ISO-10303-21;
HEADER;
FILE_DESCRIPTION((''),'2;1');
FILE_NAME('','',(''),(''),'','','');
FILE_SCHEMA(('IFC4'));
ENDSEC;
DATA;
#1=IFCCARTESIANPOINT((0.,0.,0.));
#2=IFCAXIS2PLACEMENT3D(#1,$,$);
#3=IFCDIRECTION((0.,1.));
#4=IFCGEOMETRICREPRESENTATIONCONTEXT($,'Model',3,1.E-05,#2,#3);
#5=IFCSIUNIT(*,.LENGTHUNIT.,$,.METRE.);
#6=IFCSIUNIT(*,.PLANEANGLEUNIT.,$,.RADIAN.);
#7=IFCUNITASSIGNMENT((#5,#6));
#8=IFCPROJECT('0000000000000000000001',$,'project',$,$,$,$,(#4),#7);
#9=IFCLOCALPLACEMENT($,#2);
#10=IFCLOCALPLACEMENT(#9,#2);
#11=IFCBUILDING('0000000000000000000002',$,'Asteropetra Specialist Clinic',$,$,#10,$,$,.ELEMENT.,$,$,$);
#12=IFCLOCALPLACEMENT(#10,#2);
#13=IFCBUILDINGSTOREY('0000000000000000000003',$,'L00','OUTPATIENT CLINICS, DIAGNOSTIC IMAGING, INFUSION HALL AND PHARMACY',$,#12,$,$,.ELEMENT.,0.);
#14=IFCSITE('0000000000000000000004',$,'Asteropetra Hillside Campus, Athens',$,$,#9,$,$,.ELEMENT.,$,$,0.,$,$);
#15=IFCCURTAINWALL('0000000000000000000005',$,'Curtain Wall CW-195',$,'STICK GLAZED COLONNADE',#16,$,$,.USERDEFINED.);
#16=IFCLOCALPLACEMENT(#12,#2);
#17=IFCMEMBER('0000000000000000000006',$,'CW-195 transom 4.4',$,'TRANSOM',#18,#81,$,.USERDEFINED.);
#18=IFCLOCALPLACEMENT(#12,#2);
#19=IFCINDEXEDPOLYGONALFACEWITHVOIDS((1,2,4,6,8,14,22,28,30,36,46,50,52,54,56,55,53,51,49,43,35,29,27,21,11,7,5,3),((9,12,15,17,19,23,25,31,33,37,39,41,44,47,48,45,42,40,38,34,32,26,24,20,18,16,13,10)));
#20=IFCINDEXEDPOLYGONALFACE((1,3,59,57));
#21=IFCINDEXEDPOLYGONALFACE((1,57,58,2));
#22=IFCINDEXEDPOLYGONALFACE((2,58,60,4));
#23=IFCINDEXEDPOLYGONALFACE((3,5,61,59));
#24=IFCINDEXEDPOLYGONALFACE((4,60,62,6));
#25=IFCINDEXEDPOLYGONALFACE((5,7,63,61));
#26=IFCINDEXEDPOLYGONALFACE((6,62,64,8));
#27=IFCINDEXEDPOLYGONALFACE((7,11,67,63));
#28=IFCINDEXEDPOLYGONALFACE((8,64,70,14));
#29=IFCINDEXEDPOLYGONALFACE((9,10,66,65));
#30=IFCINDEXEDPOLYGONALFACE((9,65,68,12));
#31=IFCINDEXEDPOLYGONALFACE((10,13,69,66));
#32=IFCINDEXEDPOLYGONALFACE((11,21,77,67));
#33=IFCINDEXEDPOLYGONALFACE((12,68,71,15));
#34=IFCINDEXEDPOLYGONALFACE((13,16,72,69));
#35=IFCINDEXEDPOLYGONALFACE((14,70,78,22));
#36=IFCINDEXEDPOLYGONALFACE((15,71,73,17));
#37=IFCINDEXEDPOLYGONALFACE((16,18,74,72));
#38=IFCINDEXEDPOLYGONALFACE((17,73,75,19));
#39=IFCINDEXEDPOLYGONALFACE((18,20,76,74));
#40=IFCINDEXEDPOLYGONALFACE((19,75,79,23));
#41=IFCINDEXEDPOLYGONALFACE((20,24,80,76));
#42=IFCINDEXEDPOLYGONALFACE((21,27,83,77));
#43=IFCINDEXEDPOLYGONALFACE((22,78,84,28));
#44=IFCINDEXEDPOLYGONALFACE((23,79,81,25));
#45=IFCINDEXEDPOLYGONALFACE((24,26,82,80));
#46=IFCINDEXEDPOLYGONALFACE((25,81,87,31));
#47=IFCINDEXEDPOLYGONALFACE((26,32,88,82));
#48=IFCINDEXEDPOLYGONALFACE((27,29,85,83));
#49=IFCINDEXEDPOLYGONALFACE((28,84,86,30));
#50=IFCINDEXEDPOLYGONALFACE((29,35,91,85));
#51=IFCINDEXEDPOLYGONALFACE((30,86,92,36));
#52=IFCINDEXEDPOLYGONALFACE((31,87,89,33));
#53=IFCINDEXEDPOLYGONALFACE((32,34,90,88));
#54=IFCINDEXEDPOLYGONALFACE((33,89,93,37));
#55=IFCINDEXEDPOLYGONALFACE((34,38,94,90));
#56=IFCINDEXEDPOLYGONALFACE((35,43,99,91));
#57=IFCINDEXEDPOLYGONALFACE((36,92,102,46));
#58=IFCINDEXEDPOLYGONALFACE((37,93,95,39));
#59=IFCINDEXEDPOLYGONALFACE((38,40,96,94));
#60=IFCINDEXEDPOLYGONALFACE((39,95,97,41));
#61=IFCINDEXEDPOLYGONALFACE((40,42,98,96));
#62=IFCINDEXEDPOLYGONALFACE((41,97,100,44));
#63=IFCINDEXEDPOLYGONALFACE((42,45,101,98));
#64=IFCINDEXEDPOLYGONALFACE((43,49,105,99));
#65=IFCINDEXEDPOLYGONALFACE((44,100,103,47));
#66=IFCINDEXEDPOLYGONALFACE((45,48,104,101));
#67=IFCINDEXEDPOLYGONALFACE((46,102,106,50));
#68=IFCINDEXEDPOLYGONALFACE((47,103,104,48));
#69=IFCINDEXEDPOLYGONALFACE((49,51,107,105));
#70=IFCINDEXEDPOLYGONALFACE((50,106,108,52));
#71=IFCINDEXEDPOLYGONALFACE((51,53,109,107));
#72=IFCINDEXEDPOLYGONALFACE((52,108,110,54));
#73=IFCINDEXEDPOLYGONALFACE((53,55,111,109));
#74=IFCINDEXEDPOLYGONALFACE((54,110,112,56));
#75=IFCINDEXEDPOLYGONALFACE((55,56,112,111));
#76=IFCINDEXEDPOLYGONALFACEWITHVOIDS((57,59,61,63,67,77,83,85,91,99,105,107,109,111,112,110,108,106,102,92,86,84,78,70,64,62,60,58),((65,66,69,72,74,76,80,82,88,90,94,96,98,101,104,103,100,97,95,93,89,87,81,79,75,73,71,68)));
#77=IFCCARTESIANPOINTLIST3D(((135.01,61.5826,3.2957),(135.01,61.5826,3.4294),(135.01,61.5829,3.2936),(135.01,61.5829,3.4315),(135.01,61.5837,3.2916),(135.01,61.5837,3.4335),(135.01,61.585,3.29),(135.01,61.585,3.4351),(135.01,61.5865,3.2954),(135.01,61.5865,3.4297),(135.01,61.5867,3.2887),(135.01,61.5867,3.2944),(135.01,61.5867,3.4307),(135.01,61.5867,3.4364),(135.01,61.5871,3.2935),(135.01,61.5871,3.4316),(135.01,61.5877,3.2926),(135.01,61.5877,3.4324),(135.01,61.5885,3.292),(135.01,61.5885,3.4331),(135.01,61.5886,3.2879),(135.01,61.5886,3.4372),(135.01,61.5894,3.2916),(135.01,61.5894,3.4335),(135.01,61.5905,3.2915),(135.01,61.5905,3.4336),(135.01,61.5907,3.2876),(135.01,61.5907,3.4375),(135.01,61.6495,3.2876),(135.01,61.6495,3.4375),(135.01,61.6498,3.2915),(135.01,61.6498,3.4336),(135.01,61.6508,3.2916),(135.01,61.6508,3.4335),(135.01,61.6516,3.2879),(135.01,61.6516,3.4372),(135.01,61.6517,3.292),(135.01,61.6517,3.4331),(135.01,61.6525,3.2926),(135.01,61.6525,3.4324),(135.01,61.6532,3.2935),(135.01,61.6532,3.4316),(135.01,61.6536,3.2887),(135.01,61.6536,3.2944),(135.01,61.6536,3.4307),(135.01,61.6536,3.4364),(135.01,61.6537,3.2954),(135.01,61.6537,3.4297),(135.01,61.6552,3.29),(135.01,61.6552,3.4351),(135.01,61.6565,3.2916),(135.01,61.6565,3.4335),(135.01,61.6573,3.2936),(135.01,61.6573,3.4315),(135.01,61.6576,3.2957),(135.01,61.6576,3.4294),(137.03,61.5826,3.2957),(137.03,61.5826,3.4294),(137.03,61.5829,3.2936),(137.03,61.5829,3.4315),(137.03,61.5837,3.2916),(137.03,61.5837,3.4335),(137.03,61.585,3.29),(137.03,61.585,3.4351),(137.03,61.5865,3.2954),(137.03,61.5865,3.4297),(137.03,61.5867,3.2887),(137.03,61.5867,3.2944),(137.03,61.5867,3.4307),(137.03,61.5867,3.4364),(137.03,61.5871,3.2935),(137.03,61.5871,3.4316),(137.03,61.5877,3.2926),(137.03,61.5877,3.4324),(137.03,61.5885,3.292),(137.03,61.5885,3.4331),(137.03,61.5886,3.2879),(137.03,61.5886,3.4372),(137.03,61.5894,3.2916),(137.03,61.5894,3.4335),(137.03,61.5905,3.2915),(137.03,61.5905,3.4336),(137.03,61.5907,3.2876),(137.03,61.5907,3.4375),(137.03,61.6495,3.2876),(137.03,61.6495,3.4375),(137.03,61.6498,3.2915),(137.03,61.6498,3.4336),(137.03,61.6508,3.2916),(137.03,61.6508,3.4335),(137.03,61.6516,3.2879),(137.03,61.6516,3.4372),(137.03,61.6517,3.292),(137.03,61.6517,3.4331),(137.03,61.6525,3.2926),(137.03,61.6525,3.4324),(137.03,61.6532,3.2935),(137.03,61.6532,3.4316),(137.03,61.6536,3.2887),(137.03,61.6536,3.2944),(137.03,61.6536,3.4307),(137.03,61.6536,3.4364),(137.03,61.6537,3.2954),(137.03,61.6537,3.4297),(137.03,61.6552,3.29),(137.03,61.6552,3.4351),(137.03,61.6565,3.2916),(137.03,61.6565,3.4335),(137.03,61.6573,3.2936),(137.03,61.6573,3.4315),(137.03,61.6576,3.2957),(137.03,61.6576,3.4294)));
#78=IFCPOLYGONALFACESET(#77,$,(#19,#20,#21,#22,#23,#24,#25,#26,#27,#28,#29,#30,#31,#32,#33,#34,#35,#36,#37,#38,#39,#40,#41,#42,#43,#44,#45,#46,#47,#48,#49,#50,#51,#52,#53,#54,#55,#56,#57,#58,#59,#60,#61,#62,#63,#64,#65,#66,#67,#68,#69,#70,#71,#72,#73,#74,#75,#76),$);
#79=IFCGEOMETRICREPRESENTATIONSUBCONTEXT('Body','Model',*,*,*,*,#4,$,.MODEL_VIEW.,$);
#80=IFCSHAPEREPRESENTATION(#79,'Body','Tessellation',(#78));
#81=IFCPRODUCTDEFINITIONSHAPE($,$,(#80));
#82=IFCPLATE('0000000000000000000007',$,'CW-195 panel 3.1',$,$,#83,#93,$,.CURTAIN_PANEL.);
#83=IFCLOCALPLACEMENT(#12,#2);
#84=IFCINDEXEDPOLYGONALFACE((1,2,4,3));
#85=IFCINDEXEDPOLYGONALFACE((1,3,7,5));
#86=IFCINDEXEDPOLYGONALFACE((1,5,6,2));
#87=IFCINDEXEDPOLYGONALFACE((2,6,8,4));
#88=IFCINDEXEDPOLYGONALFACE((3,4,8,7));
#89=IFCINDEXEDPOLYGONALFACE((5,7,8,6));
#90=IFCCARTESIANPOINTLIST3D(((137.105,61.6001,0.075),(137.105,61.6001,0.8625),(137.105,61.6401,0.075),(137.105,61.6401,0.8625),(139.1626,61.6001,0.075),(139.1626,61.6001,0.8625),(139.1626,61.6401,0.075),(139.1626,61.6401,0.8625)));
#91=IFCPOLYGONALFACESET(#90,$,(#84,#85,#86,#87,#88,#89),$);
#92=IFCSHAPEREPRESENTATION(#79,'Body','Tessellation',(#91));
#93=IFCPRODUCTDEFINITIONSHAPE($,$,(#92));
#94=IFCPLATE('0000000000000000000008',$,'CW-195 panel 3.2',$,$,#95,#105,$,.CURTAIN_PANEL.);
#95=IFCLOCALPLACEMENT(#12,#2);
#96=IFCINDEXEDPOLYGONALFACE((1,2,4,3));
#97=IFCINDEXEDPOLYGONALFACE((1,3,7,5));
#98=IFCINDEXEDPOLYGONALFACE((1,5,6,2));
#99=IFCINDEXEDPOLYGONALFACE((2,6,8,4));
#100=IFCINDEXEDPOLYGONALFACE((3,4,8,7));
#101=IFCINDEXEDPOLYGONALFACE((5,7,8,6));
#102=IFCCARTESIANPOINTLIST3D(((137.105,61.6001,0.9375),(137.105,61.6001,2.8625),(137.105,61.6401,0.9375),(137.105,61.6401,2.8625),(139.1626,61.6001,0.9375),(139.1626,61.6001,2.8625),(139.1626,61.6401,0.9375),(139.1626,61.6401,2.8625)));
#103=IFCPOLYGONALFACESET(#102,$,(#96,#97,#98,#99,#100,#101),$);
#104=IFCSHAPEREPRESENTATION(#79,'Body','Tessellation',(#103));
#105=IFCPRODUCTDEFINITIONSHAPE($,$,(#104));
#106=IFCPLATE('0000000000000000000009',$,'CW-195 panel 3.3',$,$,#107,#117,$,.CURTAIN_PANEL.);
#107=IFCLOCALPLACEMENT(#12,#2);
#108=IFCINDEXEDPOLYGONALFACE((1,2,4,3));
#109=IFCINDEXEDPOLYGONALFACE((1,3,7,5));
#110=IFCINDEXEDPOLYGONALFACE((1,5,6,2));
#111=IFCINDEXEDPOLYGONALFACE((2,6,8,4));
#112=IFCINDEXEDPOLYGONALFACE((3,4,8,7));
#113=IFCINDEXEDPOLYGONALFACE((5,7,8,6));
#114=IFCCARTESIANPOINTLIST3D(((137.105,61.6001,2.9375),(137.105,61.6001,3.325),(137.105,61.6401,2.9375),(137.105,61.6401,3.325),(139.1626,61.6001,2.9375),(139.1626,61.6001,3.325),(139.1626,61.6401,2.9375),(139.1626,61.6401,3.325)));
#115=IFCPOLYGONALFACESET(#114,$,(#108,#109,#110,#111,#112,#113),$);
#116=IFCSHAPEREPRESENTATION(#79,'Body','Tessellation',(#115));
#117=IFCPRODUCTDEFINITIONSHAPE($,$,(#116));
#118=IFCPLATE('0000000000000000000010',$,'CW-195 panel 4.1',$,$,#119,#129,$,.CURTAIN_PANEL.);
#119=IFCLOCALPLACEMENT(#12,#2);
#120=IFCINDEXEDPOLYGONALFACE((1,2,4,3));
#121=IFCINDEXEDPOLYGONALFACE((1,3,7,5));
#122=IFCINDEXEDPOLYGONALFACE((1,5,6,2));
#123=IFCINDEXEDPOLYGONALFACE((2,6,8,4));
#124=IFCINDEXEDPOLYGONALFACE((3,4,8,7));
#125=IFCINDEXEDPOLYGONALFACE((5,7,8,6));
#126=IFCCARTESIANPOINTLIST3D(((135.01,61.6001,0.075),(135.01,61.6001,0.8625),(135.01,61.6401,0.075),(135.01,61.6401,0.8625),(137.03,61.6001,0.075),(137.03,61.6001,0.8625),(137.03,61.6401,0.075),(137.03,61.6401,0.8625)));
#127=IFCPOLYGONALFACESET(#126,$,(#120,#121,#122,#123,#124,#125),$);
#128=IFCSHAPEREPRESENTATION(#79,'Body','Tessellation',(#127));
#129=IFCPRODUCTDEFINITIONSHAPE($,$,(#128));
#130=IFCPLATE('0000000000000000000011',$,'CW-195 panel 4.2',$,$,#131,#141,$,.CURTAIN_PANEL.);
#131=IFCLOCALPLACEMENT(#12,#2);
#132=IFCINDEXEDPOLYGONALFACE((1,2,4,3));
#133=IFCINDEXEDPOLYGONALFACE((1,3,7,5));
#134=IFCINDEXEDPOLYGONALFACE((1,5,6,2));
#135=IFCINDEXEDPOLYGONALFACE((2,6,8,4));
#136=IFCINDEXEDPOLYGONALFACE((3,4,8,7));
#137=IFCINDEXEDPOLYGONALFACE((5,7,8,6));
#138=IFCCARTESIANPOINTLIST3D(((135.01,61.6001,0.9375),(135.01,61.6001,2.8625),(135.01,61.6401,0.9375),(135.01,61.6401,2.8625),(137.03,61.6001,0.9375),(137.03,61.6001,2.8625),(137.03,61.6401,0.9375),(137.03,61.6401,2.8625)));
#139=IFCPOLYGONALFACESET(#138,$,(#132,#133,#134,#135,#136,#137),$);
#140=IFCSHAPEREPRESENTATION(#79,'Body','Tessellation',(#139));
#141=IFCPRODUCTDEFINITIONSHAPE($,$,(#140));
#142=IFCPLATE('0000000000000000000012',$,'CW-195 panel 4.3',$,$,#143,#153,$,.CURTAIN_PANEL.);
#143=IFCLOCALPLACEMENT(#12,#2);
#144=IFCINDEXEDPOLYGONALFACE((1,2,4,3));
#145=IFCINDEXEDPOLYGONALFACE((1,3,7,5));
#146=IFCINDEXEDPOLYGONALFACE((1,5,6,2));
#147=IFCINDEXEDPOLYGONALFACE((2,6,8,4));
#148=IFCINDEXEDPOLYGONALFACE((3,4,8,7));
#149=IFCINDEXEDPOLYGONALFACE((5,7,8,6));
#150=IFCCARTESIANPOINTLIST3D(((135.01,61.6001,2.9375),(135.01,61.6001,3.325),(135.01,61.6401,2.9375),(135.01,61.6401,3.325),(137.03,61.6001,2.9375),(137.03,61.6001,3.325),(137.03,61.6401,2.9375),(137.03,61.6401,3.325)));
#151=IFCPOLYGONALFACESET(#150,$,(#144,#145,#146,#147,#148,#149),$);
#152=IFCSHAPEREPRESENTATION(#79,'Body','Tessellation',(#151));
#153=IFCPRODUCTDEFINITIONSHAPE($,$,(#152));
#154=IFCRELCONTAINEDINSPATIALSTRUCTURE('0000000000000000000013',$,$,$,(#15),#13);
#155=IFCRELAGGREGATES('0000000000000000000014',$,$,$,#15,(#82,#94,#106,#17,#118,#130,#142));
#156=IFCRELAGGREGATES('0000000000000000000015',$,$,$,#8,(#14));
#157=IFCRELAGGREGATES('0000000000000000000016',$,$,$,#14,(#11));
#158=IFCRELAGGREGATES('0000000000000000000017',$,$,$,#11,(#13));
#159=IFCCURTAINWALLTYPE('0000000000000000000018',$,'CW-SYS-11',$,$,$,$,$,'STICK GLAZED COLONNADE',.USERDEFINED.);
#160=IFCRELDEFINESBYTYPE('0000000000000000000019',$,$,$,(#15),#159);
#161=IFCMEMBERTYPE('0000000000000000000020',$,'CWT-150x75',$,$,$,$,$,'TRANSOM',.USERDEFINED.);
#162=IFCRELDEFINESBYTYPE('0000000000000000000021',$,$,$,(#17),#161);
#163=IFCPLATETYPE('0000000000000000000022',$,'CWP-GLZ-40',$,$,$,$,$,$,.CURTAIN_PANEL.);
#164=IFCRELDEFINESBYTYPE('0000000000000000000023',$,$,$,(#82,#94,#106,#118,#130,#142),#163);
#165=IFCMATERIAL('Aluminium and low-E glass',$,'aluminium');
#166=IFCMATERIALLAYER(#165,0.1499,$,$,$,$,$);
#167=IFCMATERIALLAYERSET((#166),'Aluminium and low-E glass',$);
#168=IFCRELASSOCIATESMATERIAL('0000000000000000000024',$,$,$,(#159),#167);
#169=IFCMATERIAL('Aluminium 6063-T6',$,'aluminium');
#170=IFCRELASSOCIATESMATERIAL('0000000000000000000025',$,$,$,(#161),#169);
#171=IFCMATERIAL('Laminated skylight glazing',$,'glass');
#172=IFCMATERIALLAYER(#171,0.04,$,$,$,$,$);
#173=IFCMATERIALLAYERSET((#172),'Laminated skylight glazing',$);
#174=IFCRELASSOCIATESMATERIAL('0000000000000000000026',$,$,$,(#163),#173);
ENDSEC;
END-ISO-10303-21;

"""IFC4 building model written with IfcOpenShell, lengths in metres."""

from ifc_helpers import new_model, si_unit, direction, frame, origin, origin_2d, place, context, subcontext, project, spatial, rectangle, hollow_rectangle, extrude, material, layer, layer_set, material_profile, profile_set, type_object, element, aggregate, save


model = new_model("IFC4")

# Units and contexts
model_context = context("Model", 3, precision=1e-05, world=origin(), true_north=direction((0.0, 1.0)))
body_context = subcontext(model_context, "Body", "Model", "MODEL_VIEW")
ifc_project = project(units=[si_unit("LENGTHUNIT", "METRE"), si_unit("PLANEANGLEUNIT", "RADIAN")], contexts=[model_context])

# Site, building, storey
site_placement = place(None, origin())
site = spatial("IfcSite", under=ifc_project, at=site_placement, Name="Asteropetra Hillside Campus, Athens", CompositionType="ELEMENT", RefElevation=0.0)
building_placement = place(site_placement, origin())
building = spatial("IfcBuilding", under=site, at=building_placement, Name="Asteropetra Specialist Clinic", CompositionType="ELEMENT")
storey_placement = place(building_placement, origin())
storey = spatial("IfcBuildingStorey", under=building, at=storey_placement, Name="L00", Description="OUTPATIENT CLINICS, DIAGNOSTIC IMAGING, INFUSION HALL AND PHARMACY", CompositionType="ELEMENT", Elevation=0.0)

# Curtain wall
ifc_material_1 = material(Name="Aluminium and low-E glass", Category="aluminium")
ifc_layer_1 = layer(ifc_material_1, 0.1499)
ifc_layer_set_1 = layer_set([ifc_layer_1], Name="Aluminium and low-E glass")
curtain_wall_type_1 = type_object("IfcCurtainWallType", Name="CW-SYS-11", ElementType="STICK GLAZED COLONNADE", PredefinedType="USERDEFINED", material=ifc_layer_set_1)
curtain_wall_1_placement = place(storey_placement, origin())
curtain_wall_1 = element("IfcCurtainWall", 1, at=curtain_wall_1_placement, inside=storey, type_object=curtain_wall_type_1, Name="Curtain Wall CW-195", ObjectType="STICK GLAZED COLONNADE", PredefinedType="USERDEFINED")

# Member
ifc_material_2 = material(Name="Aluminium 6063-T6", Category="aluminium")
ifc_material_profile_1 = material_profile(ifc_material_2, hollow_rectangle(XDim=0.075, YDim=0.1499, WallThickness=0.0039, InnerFilletRadius=0.0039, OuterFilletRadius=0.0081, at=origin_2d()), Name="TRN 150x75x4.0")
ifc_profile_set_1 = profile_set([ifc_material_profile_1], Name="Aluminium 6063-T6")
member_type_1 = type_object("IfcMemberType", Name="CWT-150x75", ElementType="TRANSOM", PredefinedType="USERDEFINED", material=ifc_profile_set_1)
member_1_placement = place(storey_placement, frame((137.03, 61.6201, 3.3625), z_axis=(-1.0, 0.0, 0.0), x_axis=(0.0, -1.0, 0.0)))
member_1 = element("IfcMember", 2, at=member_1_placement, type_object=member_type_1, Name="CW-195 transom 4.4", ObjectType="TRANSOM", PredefinedType="USERDEFINED", context=body_context, shape_type="SweptSolid", body=[
    extrude(hollow_rectangle(XDim=0.075, YDim=0.1499, WallThickness=0.0039, InnerFilletRadius=0.0039, OuterFilletRadius=0.0081, at=origin_2d()), origin(), (0.0, 0.0, 1.0), 2.02),
])

# Plates
ifc_material_3 = material(Name="Laminated skylight glazing", Category="glass")
ifc_layer_2 = layer(ifc_material_3, 0.04)
ifc_layer_set_2 = layer_set([ifc_layer_2], Name="Laminated skylight glazing")
plate_type = type_object("IfcPlateType", Name="CWP-GLZ-40", PredefinedType="CURTAIN_PANEL", material=ifc_layer_set_2)
plate_1_placement = place(storey_placement, frame((138.1338, 61.6201, 0.075), z_axis=(0.0, 0.0, 1.0), x_axis=(-1.0, 0.0, 0.0)))
plate_1 = element("IfcPlate", 3, at=plate_1_placement, type_object=plate_type, Name="CW-195 panel 3.1", PredefinedType="CURTAIN_PANEL", context=body_context, shape_type="SweptSolid", body=[
    extrude(rectangle(XDim=2.0576, YDim=0.04, at=origin_2d()), origin(), (0.0, 0.0, 1.0), 0.7876),
])
plate_2_placement = place(storey_placement, frame((138.1338, 61.6201, 0.9375), z_axis=(0.0, 0.0, 1.0), x_axis=(-1.0, 0.0, 0.0)))
plate_2 = element("IfcPlate", 4, at=plate_2_placement, type_object=plate_type, Name="CW-195 panel 3.2", PredefinedType="CURTAIN_PANEL", context=body_context, shape_type="SweptSolid", body=[
    extrude(rectangle(XDim=2.0576, YDim=0.04, at=origin_2d()), origin(), (0.0, 0.0, 1.0), 1.925),
])
plate_3_placement = place(storey_placement, frame((138.1338, 61.6201, 2.9375), z_axis=(0.0, 0.0, 1.0), x_axis=(-1.0, 0.0, 0.0)))
plate_3 = element("IfcPlate", 5, at=plate_3_placement, type_object=plate_type, Name="CW-195 panel 3.3", PredefinedType="CURTAIN_PANEL", context=body_context, shape_type="SweptSolid", body=[
    extrude(rectangle(XDim=2.0576, YDim=0.04, at=origin_2d()), origin(), (0.0, 0.0, 1.0), 0.3875),
])
plate_4_placement = place(storey_placement, frame((136.02, 61.6201, 0.075), z_axis=(0.0, 0.0, 1.0), x_axis=(-1.0, 0.0, 0.0)))
plate_4 = element("IfcPlate", 6, at=plate_4_placement, type_object=plate_type, Name="CW-195 panel 4.1", PredefinedType="CURTAIN_PANEL", context=body_context, shape_type="SweptSolid", body=[
    extrude(rectangle(XDim=2.02, YDim=0.04, at=origin_2d()), origin(), (0.0, 0.0, 1.0), 0.7876),
])
plate_5_placement = place(storey_placement, frame((136.02, 61.6201, 0.9375), z_axis=(0.0, 0.0, 1.0), x_axis=(-1.0, 0.0, 0.0)))
plate_5 = element("IfcPlate", 7, at=plate_5_placement, type_object=plate_type, Name="CW-195 panel 4.2", PredefinedType="CURTAIN_PANEL", context=body_context, shape_type="SweptSolid", body=[
    extrude(rectangle(XDim=2.02, YDim=0.04, at=origin_2d()), origin(), (0.0, 0.0, 1.0), 1.925),
])
plate_6_placement = place(storey_placement, frame((136.02, 61.6201, 2.9375), z_axis=(0.0, 0.0, 1.0), x_axis=(-1.0, 0.0, 0.0)))
plate_6 = element("IfcPlate", 8, at=plate_6_placement, type_object=plate_type, Name="CW-195 panel 4.3", PredefinedType="CURTAIN_PANEL", context=body_context, shape_type="SweptSolid", body=[
    extrude(rectangle(XDim=2.02, YDim=0.04, at=origin_2d()), origin(), (0.0, 0.0, 1.0), 0.3875),
])
aggregate(curtain_wall_1, [plate_1, plate_2, plate_3, member_1, plate_4, plate_5, plate_6])

save(model, "model.ifc")
